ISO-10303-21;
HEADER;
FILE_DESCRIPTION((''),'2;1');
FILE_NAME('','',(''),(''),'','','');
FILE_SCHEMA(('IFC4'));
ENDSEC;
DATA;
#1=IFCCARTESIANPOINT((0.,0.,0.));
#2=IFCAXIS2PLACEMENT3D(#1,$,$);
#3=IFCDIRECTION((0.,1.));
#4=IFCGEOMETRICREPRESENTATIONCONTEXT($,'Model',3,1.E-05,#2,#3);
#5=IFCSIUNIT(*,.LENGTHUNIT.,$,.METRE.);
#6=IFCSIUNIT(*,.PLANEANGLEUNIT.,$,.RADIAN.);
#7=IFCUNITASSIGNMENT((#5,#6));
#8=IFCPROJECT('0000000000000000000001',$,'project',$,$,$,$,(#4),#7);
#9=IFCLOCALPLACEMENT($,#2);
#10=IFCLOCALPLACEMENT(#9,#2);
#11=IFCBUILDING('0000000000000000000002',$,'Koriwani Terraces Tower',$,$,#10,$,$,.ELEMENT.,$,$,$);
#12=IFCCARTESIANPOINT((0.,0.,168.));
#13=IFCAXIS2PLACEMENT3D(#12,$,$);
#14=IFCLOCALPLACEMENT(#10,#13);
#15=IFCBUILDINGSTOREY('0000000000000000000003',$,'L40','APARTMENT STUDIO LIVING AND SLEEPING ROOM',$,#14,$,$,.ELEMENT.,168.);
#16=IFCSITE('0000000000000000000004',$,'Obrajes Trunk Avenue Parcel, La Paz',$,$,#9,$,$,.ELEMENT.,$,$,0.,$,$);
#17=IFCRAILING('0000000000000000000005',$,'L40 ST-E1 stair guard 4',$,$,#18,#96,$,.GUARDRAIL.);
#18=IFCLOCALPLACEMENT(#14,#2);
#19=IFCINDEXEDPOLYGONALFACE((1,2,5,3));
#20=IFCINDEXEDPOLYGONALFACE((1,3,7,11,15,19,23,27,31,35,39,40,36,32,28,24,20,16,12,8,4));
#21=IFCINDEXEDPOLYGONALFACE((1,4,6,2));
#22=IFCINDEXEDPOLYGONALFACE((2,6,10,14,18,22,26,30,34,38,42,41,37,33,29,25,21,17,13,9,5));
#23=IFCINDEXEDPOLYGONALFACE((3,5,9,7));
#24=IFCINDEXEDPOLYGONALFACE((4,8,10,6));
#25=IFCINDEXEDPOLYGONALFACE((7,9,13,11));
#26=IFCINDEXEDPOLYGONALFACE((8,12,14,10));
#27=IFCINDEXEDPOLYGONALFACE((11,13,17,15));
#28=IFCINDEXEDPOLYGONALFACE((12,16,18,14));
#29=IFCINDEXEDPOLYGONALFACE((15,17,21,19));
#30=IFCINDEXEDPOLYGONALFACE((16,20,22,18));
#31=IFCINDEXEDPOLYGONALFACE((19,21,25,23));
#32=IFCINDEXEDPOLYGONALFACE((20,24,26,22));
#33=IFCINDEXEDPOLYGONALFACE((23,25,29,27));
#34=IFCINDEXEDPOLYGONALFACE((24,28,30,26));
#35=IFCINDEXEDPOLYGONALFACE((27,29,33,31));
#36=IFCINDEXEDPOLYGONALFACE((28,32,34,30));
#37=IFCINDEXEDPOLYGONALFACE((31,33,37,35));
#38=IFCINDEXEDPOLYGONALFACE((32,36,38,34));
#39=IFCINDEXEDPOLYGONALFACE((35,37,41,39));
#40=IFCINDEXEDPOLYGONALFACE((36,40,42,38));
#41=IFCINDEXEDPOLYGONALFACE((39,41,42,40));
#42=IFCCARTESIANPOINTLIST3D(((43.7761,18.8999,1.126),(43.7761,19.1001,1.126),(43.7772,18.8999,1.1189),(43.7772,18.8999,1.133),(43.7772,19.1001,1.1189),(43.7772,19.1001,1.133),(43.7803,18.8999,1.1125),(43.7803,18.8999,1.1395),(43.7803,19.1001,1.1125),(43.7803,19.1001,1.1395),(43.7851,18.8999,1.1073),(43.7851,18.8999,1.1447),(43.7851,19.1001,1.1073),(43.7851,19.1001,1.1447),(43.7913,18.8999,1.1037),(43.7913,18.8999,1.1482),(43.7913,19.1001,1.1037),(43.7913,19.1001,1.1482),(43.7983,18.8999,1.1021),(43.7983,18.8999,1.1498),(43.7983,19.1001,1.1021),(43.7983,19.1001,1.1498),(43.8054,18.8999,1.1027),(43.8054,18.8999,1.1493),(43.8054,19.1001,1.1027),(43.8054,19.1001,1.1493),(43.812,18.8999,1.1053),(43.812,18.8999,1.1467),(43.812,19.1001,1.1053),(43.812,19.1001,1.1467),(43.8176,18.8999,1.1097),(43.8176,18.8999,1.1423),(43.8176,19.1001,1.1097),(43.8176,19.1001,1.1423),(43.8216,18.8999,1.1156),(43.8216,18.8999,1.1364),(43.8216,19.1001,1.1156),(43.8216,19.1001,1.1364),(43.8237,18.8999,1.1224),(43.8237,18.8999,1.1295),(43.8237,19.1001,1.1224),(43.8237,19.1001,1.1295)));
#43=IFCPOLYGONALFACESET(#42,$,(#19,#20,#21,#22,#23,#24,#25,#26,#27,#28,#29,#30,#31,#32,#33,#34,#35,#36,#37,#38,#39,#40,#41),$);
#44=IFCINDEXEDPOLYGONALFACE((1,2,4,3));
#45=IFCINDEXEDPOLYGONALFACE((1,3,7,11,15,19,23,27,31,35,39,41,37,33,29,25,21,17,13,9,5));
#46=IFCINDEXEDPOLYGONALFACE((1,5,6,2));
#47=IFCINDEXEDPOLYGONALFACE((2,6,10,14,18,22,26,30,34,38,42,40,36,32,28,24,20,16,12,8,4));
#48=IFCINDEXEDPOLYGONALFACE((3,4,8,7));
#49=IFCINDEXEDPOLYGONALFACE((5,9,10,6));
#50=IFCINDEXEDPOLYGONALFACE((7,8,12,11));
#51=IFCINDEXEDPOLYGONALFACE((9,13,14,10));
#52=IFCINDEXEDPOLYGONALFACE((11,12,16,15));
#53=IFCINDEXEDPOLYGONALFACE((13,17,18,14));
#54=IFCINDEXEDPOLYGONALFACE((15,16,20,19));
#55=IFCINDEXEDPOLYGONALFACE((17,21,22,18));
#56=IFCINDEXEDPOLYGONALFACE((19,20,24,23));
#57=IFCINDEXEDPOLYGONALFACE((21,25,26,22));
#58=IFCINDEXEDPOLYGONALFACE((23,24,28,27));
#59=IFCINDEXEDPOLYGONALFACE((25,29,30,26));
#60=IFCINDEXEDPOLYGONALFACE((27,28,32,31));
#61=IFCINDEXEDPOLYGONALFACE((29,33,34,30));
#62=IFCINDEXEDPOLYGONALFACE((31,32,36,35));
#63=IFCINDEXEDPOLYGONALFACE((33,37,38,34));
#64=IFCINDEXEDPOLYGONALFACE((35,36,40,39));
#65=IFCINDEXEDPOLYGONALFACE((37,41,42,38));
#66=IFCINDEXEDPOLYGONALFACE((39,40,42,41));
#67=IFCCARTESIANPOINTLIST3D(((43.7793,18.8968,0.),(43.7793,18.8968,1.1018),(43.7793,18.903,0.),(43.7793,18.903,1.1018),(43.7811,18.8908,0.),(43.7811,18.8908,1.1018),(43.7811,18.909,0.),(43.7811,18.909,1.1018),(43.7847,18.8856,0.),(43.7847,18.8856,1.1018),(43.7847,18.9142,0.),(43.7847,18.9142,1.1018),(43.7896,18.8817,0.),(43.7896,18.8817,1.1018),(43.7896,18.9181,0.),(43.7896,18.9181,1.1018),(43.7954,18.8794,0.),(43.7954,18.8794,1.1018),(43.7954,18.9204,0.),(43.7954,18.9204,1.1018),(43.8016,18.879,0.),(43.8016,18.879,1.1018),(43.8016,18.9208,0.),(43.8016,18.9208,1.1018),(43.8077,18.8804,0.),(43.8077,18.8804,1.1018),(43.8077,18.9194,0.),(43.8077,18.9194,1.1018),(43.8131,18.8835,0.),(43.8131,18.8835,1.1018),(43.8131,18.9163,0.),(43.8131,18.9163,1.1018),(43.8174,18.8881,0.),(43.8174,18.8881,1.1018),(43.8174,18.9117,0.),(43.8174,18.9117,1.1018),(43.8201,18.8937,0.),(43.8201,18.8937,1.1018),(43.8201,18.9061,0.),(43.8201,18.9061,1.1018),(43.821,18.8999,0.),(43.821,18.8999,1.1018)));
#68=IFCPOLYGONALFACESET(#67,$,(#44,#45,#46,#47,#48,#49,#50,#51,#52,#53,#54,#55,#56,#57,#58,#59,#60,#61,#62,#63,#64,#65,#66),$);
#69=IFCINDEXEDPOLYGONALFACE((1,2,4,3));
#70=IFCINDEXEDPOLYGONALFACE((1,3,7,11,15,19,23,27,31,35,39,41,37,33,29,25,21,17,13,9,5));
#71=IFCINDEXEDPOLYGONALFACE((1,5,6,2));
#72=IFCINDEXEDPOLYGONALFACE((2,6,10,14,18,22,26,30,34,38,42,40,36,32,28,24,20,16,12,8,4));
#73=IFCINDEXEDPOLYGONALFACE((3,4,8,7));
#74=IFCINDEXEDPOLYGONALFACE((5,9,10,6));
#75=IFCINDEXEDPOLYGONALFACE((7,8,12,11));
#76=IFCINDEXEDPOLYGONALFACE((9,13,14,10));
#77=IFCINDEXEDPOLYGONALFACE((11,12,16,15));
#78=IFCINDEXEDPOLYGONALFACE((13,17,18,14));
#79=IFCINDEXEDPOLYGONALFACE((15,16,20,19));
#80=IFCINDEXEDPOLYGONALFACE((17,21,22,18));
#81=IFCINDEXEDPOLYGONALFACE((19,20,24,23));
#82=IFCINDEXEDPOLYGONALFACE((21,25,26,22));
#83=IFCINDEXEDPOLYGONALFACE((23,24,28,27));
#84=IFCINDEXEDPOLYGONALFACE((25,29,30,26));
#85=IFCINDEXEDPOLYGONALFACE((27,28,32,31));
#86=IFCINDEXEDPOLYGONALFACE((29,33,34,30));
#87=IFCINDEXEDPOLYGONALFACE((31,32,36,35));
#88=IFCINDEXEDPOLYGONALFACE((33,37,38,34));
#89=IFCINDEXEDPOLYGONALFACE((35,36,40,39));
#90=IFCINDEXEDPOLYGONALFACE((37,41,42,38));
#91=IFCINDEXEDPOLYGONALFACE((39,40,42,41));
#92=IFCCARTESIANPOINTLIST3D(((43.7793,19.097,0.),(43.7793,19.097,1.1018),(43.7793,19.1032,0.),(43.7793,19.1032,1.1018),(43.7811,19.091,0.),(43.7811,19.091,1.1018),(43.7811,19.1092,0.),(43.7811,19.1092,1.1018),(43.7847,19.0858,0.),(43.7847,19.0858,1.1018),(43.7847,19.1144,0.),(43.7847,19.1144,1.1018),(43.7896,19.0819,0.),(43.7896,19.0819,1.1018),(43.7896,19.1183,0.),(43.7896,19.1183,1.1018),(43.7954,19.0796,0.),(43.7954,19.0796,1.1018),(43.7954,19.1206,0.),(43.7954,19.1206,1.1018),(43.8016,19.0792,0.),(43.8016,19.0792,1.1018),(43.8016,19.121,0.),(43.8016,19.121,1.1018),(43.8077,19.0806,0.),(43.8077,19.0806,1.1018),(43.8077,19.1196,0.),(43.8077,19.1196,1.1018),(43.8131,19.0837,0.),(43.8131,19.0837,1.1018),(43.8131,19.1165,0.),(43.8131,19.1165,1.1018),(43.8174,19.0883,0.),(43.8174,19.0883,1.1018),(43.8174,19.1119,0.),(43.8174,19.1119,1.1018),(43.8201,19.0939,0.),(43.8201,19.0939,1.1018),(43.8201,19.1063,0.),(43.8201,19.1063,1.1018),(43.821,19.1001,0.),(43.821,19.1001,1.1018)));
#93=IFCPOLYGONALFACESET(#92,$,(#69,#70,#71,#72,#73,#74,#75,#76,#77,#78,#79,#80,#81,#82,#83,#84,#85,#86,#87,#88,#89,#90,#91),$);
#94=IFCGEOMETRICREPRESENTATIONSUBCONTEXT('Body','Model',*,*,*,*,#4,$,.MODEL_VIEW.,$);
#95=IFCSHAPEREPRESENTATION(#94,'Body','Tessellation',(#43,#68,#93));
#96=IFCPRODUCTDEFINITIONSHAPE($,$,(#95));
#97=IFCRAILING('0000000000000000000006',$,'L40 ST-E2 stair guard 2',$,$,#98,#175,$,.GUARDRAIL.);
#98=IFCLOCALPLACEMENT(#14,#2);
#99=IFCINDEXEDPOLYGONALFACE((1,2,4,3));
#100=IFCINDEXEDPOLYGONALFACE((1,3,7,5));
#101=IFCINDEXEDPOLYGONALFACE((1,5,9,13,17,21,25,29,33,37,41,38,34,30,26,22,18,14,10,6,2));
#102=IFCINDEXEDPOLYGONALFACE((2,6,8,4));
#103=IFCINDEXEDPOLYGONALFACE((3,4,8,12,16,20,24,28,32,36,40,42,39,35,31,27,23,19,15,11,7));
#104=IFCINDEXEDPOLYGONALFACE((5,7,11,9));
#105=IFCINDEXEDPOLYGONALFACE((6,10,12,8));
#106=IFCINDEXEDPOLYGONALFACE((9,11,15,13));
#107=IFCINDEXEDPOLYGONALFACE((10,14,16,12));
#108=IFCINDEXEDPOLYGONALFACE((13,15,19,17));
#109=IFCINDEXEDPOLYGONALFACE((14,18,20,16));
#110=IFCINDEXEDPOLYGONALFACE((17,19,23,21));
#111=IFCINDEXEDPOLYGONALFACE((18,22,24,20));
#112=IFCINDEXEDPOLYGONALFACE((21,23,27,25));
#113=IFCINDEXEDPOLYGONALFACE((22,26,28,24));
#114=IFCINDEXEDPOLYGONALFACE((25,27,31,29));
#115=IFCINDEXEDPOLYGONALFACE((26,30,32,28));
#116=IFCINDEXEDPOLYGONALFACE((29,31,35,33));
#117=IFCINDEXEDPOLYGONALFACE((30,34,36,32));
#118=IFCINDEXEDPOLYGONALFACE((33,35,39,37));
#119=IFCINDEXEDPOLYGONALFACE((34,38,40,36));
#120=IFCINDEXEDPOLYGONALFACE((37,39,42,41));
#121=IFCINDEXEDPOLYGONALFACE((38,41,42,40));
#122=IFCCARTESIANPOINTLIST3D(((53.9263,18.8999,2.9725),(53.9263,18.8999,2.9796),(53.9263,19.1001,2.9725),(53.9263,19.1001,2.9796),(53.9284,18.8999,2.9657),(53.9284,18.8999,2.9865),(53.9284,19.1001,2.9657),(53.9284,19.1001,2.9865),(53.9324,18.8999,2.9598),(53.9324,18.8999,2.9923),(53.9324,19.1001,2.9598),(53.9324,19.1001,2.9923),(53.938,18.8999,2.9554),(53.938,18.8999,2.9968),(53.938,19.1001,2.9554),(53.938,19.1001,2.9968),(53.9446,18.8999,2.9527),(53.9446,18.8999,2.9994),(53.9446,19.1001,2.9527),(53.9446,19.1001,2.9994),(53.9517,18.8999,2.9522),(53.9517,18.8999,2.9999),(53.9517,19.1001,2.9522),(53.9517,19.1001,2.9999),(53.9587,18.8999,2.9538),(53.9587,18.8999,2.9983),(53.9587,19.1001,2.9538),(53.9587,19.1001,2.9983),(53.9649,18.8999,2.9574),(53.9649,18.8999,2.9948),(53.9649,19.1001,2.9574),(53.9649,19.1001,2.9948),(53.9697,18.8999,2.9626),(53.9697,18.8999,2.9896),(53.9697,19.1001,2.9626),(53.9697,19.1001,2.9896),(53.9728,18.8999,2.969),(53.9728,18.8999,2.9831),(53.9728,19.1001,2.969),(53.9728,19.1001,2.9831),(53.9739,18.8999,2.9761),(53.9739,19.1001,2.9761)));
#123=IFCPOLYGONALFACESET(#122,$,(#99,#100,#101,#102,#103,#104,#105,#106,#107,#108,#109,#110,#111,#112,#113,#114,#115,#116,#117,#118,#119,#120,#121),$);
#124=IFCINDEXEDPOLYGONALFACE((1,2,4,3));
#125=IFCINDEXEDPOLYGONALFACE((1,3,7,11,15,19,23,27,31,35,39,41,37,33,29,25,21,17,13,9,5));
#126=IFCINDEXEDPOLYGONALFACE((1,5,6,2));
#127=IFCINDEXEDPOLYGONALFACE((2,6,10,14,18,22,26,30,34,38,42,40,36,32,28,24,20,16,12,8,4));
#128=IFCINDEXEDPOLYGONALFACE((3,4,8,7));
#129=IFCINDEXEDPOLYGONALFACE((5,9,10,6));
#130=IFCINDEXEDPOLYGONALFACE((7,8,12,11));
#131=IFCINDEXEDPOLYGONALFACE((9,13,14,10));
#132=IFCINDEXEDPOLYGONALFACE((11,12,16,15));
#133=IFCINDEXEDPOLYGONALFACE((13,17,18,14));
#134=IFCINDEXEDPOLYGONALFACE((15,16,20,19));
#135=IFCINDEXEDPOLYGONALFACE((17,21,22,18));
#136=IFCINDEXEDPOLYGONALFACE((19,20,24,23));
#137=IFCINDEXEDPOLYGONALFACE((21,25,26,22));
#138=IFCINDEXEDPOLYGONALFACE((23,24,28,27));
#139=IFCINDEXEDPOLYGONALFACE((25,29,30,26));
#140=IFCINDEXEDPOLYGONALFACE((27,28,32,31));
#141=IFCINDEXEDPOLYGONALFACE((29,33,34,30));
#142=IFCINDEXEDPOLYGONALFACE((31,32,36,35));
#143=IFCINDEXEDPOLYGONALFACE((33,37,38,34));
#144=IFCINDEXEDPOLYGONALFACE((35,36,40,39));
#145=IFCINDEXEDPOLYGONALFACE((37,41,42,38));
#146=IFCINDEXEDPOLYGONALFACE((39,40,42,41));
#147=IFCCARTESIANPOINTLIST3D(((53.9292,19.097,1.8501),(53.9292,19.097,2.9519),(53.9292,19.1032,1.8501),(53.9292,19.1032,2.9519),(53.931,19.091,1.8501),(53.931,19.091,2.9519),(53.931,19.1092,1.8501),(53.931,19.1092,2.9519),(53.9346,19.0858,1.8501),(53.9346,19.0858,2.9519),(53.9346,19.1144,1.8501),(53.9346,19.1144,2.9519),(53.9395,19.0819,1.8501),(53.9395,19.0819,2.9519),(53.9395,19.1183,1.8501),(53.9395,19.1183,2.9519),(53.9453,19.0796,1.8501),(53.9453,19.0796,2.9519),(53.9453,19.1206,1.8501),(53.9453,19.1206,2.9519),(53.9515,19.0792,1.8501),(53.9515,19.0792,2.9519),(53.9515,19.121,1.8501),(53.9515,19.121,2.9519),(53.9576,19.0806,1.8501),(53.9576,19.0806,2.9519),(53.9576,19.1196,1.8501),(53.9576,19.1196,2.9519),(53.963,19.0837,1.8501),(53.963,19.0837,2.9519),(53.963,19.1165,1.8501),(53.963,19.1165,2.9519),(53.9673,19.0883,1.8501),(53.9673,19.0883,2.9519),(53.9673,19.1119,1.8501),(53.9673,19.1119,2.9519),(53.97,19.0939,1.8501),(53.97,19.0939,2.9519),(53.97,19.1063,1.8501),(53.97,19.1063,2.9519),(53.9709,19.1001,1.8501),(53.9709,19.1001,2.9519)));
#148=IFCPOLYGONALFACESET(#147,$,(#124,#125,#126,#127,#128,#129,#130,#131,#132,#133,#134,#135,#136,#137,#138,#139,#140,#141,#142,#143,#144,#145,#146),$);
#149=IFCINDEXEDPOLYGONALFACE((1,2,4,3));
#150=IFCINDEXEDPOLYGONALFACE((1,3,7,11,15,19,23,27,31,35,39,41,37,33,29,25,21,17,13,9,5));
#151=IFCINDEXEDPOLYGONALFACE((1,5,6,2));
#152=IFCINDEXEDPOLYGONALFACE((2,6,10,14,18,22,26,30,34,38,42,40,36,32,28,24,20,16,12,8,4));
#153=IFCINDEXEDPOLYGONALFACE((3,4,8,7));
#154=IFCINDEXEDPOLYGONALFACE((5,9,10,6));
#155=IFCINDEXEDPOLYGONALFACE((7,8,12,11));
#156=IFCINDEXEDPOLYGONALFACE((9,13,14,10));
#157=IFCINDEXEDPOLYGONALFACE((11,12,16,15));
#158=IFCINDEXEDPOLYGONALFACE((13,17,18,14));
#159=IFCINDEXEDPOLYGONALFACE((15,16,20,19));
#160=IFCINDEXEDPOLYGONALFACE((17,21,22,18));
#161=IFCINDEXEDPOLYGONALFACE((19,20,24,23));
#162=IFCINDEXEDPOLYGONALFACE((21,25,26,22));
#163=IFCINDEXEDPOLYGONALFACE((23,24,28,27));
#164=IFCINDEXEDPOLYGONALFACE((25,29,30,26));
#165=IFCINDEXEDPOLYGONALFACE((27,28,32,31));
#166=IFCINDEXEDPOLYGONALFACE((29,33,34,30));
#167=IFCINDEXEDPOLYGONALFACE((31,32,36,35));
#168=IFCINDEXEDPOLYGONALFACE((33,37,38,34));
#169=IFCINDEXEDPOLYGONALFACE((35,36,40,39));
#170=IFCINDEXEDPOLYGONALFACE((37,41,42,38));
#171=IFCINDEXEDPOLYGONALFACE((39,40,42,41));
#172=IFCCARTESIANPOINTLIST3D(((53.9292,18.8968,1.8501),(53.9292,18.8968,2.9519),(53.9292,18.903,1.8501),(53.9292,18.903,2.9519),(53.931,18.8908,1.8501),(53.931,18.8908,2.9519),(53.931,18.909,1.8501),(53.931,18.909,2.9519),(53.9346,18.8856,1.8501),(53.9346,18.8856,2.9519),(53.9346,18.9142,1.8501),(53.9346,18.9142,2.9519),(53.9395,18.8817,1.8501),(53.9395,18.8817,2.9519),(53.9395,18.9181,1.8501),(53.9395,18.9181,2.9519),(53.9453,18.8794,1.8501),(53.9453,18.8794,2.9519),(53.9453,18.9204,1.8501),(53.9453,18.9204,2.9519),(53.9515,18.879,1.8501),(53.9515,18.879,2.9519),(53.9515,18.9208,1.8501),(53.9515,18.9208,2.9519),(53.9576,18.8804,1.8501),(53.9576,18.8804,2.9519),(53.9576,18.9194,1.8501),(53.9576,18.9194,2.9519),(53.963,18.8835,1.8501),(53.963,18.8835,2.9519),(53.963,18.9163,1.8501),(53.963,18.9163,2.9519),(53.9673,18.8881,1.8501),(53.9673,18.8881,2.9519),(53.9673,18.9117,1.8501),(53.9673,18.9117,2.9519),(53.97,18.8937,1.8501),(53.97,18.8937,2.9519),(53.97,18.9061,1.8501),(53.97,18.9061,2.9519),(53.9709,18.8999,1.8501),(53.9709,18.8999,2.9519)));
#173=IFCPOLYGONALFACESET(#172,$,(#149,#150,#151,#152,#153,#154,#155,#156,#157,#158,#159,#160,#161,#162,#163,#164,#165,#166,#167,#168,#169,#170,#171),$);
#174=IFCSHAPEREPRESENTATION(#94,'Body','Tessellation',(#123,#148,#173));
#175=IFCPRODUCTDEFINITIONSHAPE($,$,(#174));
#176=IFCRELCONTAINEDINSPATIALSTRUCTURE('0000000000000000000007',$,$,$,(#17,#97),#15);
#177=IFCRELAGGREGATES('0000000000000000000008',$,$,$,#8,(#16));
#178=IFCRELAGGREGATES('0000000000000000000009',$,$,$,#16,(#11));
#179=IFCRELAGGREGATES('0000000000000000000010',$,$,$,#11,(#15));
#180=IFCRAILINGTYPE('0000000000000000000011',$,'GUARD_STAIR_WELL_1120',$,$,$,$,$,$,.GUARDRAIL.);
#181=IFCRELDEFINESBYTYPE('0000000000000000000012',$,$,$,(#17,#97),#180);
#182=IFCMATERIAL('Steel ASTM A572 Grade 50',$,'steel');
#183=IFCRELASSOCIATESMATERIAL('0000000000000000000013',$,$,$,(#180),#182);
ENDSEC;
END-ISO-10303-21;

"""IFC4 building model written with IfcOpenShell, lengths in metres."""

from ifc_helpers import new_model, si_unit, direction, frame, origin, origin_2d, place, context, subcontext, project, spatial, circle, extrude, material, type_object, element, save


model = new_model("IFC4")

# Units and contexts
model_context = context("Model", 3, precision=1e-05, world=origin(), true_north=direction((0.0, 1.0)))
body_context = subcontext(model_context, "Body", "Model", "MODEL_VIEW")
ifc_project = project(units=[si_unit("LENGTHUNIT", "METRE"), si_unit("PLANEANGLEUNIT", "RADIAN")], contexts=[model_context])

# Site, building, storey
site_placement = place(None, origin())
site = spatial("IfcSite", under=ifc_project, at=site_placement, Name="Obrajes Trunk Avenue Parcel, La Paz", CompositionType="ELEMENT", RefElevation=0.0)
building_placement = place(site_placement, origin())
building = spatial("IfcBuilding", under=site, at=building_placement, Name="Koriwani Terraces Tower", CompositionType="ELEMENT")
storey_placement = place(building_placement, frame((0.0, 0.0, 168.0)))
storey = spatial("IfcBuildingStorey", under=building, at=storey_placement, Name="L40", Description="APARTMENT STUDIO LIVING AND SLEEPING ROOM", CompositionType="ELEMENT", Elevation=168.0)

# Shared definitions
ifc_material_1 = material(Name="Steel ASTM A572 Grade 50", Category="steel")

# Railings
railing_type_1 = type_object("IfcRailingType", Name="GUARD_STAIR_WELL_1120", PredefinedType="GUARDRAIL", material=ifc_material_1)
railing_1_placement = place(storey_placement, frame((43.8, 18.8999, 0.0)))
element("IfcRailing", 1, at=railing_1_placement, inside=storey, type_object=railing_type_1, Name="L40 ST-E1 stair guard 4", PredefinedType="GUARDRAIL", context=body_context, shape_type="SweptSolid", body=[
    extrude(circle(Radius=0.0239, at=origin_2d()), frame((0.0, 0.0, 1.126), z_axis=(0.0, 1.0, 0.0), x_axis=(-1.0, 0.0, 0.0)), (0.0, 0.0, 1.0), 0.2002),
    extrude(circle(Radius=0.021, at=origin_2d()), origin(), (0.0, 0.0, 1.0), 1.1018),
    extrude(circle(Radius=0.021, at=origin_2d()), frame((0.0, 0.2002, 0.0)), (0.0, 0.0, 1.0), 1.1018),
])
railing_2_placement = place(storey_placement, frame((53.95, 19.1001, 1.8501)))
element("IfcRailing", 2, at=railing_2_placement, inside=storey, type_object=railing_type_1, Name="L40 ST-E2 stair guard 2", PredefinedType="GUARDRAIL", context=body_context, shape_type="SweptSolid", body=[
    extrude(circle(Radius=0.0239, at=origin_2d()), frame((0.0, 0.0, 1.126), z_axis=(0.0, -1.0, 0.0), x_axis=(1.0, 0.0, 0.0)), (0.0, 0.0, 1.0), 0.2002),
    extrude(circle(Radius=0.021, at=origin_2d()), origin(), (0.0, 0.0, 1.0), 1.1018),
    extrude(circle(Radius=0.021, at=origin_2d()), frame((0.0, -0.2002, 0.0)), (0.0, 0.0, 1.0), 1.1018),
])

save(model, "model.ifc")
